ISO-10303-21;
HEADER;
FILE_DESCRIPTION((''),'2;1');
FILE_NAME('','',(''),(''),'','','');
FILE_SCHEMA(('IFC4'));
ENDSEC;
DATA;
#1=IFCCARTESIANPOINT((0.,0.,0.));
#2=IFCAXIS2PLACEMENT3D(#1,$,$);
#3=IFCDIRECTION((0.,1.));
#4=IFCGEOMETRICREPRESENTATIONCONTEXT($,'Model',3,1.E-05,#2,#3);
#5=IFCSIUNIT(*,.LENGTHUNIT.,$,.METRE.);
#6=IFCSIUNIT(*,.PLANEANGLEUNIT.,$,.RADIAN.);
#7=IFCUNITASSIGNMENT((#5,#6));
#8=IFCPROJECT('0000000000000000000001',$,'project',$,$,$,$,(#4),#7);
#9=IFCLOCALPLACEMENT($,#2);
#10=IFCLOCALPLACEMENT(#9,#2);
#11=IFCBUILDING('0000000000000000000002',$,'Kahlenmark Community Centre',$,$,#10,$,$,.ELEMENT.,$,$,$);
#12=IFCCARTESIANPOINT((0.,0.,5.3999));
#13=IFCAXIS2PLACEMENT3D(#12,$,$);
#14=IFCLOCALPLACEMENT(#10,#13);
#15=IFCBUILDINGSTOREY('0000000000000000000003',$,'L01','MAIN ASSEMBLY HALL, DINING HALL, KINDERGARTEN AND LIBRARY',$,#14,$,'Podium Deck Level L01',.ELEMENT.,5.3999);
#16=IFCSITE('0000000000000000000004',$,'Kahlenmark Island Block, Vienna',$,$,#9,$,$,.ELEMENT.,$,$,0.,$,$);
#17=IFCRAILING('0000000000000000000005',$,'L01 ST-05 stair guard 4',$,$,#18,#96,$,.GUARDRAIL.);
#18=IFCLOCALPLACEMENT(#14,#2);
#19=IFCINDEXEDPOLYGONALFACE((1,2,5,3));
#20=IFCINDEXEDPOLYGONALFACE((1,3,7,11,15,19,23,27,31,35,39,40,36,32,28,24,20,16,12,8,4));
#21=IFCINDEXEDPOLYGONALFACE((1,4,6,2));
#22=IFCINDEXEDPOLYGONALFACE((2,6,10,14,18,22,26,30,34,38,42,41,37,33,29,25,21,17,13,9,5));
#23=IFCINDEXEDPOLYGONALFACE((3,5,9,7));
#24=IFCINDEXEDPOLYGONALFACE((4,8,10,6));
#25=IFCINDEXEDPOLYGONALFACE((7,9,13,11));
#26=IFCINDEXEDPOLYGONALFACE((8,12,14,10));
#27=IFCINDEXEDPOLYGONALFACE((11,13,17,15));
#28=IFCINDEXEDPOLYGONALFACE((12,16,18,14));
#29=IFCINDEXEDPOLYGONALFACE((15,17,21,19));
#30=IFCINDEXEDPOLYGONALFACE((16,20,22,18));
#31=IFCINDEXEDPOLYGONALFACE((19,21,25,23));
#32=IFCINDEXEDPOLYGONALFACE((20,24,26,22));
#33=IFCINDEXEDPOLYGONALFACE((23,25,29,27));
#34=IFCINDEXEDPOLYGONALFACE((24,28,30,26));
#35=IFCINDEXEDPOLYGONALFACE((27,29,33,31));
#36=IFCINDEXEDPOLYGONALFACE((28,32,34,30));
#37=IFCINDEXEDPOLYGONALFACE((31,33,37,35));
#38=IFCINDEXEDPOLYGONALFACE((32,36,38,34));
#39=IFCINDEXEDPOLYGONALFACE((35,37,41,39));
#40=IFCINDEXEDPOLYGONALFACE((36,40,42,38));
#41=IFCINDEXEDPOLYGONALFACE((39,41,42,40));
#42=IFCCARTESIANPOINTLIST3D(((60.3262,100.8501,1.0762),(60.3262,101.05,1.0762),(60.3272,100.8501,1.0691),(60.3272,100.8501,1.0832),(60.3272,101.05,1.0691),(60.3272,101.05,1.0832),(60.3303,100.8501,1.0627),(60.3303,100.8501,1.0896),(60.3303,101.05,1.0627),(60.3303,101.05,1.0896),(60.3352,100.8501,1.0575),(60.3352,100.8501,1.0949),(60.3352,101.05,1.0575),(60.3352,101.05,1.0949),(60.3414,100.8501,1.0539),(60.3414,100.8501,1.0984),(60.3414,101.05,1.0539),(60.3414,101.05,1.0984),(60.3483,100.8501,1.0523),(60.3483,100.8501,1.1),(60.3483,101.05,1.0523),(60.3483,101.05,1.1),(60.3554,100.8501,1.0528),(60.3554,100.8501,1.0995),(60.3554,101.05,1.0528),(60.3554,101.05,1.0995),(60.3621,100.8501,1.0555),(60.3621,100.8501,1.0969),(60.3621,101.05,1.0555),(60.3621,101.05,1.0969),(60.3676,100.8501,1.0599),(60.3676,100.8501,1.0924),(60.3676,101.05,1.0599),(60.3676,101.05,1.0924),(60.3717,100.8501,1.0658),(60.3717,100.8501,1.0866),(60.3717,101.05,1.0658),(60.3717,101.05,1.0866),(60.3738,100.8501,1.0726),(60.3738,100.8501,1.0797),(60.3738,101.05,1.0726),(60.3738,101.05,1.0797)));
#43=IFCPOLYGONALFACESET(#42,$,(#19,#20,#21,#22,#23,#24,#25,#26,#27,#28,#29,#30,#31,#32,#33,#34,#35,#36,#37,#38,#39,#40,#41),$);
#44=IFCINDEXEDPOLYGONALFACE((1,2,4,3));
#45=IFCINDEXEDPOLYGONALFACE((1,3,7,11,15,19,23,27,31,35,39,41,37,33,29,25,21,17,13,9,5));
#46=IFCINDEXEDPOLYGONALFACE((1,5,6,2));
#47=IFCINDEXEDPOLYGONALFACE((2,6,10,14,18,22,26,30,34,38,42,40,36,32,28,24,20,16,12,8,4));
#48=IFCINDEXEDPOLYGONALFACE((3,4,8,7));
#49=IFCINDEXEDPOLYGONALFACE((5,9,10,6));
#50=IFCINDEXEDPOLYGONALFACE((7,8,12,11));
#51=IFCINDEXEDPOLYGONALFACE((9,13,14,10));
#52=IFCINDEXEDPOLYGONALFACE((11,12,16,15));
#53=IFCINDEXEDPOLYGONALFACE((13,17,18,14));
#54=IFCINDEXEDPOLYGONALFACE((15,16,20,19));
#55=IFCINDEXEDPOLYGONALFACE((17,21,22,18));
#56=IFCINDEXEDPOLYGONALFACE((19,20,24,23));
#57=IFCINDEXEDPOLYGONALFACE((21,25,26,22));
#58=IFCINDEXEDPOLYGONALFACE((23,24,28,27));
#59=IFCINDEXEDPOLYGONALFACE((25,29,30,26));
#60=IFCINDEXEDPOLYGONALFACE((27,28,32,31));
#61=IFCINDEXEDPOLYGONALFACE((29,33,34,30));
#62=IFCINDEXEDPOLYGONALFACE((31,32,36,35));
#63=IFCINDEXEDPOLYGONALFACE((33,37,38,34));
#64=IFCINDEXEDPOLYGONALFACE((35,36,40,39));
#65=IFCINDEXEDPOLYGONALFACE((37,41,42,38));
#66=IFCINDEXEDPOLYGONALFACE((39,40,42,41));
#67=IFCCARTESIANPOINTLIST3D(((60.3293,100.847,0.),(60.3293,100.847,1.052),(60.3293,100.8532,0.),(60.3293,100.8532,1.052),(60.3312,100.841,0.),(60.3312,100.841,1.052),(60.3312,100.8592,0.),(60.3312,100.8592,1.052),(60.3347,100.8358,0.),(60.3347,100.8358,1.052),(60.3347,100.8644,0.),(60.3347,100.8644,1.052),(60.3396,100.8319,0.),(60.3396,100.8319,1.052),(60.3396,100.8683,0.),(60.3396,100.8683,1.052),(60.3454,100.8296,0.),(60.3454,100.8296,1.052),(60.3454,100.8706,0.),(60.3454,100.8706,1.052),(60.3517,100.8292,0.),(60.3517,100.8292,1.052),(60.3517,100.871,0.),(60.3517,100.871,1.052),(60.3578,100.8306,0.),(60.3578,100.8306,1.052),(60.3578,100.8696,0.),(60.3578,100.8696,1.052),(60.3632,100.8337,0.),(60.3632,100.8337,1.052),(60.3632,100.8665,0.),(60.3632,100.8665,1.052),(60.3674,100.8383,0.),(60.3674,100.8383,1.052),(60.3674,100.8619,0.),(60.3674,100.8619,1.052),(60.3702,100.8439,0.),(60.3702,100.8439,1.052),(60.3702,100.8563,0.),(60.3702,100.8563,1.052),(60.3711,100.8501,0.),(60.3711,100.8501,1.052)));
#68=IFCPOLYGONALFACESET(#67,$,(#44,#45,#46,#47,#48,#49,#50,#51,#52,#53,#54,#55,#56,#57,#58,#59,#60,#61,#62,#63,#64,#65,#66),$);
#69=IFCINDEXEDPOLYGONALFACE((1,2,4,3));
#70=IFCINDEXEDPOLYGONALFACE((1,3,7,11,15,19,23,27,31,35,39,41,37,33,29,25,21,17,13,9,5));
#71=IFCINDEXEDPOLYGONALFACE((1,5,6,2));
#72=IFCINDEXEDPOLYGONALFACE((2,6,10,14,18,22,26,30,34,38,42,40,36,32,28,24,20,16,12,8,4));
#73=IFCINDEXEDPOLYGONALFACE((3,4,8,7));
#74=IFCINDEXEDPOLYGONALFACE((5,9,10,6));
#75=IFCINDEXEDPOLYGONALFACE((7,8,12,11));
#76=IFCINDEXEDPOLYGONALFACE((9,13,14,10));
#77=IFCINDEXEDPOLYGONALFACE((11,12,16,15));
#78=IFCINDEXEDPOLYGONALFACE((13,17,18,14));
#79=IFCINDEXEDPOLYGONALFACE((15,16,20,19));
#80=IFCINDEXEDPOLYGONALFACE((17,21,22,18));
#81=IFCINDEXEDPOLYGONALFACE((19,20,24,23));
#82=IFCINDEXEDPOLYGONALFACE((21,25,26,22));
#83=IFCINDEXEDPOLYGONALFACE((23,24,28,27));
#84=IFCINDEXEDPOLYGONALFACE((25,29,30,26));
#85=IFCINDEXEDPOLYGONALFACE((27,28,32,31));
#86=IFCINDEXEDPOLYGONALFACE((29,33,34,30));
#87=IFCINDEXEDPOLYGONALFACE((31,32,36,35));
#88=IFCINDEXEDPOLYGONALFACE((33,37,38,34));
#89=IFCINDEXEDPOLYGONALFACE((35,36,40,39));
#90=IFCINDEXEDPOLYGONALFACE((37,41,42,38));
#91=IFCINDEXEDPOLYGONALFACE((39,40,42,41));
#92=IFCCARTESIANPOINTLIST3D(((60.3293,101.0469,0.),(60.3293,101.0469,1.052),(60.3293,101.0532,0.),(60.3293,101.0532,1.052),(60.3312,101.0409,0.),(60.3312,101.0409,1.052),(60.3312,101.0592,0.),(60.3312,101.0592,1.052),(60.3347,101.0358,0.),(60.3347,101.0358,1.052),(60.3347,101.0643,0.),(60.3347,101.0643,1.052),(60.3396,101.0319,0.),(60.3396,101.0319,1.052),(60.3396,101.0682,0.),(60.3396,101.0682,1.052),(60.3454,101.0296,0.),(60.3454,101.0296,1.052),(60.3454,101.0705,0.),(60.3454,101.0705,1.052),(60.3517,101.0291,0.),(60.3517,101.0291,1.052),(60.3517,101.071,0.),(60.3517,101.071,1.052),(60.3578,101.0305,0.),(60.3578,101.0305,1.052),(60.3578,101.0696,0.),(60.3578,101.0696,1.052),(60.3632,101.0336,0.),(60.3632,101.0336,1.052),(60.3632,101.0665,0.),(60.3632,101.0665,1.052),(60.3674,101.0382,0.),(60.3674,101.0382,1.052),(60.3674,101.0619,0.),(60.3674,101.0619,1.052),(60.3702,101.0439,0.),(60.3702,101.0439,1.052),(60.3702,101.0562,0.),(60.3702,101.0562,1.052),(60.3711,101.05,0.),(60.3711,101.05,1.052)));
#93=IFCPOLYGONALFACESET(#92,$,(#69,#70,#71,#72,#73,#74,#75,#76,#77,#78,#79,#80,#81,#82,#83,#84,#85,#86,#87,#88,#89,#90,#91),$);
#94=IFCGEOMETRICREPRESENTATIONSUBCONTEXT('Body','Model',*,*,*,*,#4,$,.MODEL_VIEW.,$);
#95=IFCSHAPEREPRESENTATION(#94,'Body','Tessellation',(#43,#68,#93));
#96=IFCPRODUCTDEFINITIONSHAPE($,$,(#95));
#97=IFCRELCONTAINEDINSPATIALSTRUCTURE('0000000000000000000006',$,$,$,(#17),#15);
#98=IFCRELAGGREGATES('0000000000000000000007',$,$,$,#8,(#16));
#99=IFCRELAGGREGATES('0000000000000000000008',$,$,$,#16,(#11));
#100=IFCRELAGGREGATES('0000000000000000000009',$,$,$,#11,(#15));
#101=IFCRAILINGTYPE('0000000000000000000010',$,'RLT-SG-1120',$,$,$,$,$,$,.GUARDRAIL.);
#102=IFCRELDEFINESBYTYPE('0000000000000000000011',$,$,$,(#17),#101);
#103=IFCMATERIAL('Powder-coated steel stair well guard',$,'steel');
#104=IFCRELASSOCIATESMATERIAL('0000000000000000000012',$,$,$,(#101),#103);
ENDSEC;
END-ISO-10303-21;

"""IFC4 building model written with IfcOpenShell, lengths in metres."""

from ifc_helpers import new_model, si_unit, direction, frame, origin, origin_2d, place, context, subcontext, project, spatial, circle, extrude, material, type_object, element, save


model = new_model("IFC4")

# Units and contexts
model_context = context("Model", 3, precision=1e-05, world=origin(), true_north=direction((0.0, 1.0)))
body_context = subcontext(model_context, "Body", "Model", "MODEL_VIEW")
ifc_project = project(units=[si_unit("LENGTHUNIT", "METRE"), si_unit("PLANEANGLEUNIT", "RADIAN")], contexts=[model_context])

# Site, building, storey
site_placement = place(None, origin())
site = spatial("IfcSite", under=ifc_project, at=site_placement, Name="Kahlenmark Island Block, Vienna", CompositionType="ELEMENT", RefElevation=0.0)
building_placement = place(site_placement, origin())
building = spatial("IfcBuilding", under=site, at=building_placement, Name="Kahlenmark Community Centre", CompositionType="ELEMENT")
storey_placement = place(building_placement, frame((0.0, 0.0, 5.3999)))
storey = spatial("IfcBuildingStorey", under=building, at=storey_placement, Name="L01", Description="MAIN ASSEMBLY HALL, DINING HALL, KINDERGARTEN AND LIBRARY", LongName="Podium Deck Level L01", CompositionType="ELEMENT", Elevation=5.3999)

# Railing
ifc_material_1 = material(Name="Powder-coated steel stair well guard", Category="steel")
railing_type_1 = type_object("IfcRailingType", Name="RLT-SG-1120", PredefinedType="GUARDRAIL", material=ifc_material_1)
railing_1_placement = place(storey_placement, frame((60.3501, 100.8501, 0.0)))
element("IfcRailing", 1, at=railing_1_placement, inside=storey, type_object=railing_type_1, Name="L01 ST-05 stair guard 4", PredefinedType="GUARDRAIL", context=body_context, shape_type="SweptSolid", body=[
    extrude(circle(Radius=0.0239, at=origin_2d()), frame((0.0, 0.0, 1.0762), z_axis=(0.0, 1.0, 0.0), x_axis=(-1.0, 0.0, 0.0)), (0.0, 0.0, 1.0), 0.2),
    extrude(circle(Radius=0.021, at=origin_2d()), origin(), (0.0, 0.0, 1.0), 1.052),
    extrude(circle(Radius=0.021, at=origin_2d()), frame((0.0, 0.2, 0.0)), (0.0, 0.0, 1.0), 1.052),
])

save(model, "model.ifc")
